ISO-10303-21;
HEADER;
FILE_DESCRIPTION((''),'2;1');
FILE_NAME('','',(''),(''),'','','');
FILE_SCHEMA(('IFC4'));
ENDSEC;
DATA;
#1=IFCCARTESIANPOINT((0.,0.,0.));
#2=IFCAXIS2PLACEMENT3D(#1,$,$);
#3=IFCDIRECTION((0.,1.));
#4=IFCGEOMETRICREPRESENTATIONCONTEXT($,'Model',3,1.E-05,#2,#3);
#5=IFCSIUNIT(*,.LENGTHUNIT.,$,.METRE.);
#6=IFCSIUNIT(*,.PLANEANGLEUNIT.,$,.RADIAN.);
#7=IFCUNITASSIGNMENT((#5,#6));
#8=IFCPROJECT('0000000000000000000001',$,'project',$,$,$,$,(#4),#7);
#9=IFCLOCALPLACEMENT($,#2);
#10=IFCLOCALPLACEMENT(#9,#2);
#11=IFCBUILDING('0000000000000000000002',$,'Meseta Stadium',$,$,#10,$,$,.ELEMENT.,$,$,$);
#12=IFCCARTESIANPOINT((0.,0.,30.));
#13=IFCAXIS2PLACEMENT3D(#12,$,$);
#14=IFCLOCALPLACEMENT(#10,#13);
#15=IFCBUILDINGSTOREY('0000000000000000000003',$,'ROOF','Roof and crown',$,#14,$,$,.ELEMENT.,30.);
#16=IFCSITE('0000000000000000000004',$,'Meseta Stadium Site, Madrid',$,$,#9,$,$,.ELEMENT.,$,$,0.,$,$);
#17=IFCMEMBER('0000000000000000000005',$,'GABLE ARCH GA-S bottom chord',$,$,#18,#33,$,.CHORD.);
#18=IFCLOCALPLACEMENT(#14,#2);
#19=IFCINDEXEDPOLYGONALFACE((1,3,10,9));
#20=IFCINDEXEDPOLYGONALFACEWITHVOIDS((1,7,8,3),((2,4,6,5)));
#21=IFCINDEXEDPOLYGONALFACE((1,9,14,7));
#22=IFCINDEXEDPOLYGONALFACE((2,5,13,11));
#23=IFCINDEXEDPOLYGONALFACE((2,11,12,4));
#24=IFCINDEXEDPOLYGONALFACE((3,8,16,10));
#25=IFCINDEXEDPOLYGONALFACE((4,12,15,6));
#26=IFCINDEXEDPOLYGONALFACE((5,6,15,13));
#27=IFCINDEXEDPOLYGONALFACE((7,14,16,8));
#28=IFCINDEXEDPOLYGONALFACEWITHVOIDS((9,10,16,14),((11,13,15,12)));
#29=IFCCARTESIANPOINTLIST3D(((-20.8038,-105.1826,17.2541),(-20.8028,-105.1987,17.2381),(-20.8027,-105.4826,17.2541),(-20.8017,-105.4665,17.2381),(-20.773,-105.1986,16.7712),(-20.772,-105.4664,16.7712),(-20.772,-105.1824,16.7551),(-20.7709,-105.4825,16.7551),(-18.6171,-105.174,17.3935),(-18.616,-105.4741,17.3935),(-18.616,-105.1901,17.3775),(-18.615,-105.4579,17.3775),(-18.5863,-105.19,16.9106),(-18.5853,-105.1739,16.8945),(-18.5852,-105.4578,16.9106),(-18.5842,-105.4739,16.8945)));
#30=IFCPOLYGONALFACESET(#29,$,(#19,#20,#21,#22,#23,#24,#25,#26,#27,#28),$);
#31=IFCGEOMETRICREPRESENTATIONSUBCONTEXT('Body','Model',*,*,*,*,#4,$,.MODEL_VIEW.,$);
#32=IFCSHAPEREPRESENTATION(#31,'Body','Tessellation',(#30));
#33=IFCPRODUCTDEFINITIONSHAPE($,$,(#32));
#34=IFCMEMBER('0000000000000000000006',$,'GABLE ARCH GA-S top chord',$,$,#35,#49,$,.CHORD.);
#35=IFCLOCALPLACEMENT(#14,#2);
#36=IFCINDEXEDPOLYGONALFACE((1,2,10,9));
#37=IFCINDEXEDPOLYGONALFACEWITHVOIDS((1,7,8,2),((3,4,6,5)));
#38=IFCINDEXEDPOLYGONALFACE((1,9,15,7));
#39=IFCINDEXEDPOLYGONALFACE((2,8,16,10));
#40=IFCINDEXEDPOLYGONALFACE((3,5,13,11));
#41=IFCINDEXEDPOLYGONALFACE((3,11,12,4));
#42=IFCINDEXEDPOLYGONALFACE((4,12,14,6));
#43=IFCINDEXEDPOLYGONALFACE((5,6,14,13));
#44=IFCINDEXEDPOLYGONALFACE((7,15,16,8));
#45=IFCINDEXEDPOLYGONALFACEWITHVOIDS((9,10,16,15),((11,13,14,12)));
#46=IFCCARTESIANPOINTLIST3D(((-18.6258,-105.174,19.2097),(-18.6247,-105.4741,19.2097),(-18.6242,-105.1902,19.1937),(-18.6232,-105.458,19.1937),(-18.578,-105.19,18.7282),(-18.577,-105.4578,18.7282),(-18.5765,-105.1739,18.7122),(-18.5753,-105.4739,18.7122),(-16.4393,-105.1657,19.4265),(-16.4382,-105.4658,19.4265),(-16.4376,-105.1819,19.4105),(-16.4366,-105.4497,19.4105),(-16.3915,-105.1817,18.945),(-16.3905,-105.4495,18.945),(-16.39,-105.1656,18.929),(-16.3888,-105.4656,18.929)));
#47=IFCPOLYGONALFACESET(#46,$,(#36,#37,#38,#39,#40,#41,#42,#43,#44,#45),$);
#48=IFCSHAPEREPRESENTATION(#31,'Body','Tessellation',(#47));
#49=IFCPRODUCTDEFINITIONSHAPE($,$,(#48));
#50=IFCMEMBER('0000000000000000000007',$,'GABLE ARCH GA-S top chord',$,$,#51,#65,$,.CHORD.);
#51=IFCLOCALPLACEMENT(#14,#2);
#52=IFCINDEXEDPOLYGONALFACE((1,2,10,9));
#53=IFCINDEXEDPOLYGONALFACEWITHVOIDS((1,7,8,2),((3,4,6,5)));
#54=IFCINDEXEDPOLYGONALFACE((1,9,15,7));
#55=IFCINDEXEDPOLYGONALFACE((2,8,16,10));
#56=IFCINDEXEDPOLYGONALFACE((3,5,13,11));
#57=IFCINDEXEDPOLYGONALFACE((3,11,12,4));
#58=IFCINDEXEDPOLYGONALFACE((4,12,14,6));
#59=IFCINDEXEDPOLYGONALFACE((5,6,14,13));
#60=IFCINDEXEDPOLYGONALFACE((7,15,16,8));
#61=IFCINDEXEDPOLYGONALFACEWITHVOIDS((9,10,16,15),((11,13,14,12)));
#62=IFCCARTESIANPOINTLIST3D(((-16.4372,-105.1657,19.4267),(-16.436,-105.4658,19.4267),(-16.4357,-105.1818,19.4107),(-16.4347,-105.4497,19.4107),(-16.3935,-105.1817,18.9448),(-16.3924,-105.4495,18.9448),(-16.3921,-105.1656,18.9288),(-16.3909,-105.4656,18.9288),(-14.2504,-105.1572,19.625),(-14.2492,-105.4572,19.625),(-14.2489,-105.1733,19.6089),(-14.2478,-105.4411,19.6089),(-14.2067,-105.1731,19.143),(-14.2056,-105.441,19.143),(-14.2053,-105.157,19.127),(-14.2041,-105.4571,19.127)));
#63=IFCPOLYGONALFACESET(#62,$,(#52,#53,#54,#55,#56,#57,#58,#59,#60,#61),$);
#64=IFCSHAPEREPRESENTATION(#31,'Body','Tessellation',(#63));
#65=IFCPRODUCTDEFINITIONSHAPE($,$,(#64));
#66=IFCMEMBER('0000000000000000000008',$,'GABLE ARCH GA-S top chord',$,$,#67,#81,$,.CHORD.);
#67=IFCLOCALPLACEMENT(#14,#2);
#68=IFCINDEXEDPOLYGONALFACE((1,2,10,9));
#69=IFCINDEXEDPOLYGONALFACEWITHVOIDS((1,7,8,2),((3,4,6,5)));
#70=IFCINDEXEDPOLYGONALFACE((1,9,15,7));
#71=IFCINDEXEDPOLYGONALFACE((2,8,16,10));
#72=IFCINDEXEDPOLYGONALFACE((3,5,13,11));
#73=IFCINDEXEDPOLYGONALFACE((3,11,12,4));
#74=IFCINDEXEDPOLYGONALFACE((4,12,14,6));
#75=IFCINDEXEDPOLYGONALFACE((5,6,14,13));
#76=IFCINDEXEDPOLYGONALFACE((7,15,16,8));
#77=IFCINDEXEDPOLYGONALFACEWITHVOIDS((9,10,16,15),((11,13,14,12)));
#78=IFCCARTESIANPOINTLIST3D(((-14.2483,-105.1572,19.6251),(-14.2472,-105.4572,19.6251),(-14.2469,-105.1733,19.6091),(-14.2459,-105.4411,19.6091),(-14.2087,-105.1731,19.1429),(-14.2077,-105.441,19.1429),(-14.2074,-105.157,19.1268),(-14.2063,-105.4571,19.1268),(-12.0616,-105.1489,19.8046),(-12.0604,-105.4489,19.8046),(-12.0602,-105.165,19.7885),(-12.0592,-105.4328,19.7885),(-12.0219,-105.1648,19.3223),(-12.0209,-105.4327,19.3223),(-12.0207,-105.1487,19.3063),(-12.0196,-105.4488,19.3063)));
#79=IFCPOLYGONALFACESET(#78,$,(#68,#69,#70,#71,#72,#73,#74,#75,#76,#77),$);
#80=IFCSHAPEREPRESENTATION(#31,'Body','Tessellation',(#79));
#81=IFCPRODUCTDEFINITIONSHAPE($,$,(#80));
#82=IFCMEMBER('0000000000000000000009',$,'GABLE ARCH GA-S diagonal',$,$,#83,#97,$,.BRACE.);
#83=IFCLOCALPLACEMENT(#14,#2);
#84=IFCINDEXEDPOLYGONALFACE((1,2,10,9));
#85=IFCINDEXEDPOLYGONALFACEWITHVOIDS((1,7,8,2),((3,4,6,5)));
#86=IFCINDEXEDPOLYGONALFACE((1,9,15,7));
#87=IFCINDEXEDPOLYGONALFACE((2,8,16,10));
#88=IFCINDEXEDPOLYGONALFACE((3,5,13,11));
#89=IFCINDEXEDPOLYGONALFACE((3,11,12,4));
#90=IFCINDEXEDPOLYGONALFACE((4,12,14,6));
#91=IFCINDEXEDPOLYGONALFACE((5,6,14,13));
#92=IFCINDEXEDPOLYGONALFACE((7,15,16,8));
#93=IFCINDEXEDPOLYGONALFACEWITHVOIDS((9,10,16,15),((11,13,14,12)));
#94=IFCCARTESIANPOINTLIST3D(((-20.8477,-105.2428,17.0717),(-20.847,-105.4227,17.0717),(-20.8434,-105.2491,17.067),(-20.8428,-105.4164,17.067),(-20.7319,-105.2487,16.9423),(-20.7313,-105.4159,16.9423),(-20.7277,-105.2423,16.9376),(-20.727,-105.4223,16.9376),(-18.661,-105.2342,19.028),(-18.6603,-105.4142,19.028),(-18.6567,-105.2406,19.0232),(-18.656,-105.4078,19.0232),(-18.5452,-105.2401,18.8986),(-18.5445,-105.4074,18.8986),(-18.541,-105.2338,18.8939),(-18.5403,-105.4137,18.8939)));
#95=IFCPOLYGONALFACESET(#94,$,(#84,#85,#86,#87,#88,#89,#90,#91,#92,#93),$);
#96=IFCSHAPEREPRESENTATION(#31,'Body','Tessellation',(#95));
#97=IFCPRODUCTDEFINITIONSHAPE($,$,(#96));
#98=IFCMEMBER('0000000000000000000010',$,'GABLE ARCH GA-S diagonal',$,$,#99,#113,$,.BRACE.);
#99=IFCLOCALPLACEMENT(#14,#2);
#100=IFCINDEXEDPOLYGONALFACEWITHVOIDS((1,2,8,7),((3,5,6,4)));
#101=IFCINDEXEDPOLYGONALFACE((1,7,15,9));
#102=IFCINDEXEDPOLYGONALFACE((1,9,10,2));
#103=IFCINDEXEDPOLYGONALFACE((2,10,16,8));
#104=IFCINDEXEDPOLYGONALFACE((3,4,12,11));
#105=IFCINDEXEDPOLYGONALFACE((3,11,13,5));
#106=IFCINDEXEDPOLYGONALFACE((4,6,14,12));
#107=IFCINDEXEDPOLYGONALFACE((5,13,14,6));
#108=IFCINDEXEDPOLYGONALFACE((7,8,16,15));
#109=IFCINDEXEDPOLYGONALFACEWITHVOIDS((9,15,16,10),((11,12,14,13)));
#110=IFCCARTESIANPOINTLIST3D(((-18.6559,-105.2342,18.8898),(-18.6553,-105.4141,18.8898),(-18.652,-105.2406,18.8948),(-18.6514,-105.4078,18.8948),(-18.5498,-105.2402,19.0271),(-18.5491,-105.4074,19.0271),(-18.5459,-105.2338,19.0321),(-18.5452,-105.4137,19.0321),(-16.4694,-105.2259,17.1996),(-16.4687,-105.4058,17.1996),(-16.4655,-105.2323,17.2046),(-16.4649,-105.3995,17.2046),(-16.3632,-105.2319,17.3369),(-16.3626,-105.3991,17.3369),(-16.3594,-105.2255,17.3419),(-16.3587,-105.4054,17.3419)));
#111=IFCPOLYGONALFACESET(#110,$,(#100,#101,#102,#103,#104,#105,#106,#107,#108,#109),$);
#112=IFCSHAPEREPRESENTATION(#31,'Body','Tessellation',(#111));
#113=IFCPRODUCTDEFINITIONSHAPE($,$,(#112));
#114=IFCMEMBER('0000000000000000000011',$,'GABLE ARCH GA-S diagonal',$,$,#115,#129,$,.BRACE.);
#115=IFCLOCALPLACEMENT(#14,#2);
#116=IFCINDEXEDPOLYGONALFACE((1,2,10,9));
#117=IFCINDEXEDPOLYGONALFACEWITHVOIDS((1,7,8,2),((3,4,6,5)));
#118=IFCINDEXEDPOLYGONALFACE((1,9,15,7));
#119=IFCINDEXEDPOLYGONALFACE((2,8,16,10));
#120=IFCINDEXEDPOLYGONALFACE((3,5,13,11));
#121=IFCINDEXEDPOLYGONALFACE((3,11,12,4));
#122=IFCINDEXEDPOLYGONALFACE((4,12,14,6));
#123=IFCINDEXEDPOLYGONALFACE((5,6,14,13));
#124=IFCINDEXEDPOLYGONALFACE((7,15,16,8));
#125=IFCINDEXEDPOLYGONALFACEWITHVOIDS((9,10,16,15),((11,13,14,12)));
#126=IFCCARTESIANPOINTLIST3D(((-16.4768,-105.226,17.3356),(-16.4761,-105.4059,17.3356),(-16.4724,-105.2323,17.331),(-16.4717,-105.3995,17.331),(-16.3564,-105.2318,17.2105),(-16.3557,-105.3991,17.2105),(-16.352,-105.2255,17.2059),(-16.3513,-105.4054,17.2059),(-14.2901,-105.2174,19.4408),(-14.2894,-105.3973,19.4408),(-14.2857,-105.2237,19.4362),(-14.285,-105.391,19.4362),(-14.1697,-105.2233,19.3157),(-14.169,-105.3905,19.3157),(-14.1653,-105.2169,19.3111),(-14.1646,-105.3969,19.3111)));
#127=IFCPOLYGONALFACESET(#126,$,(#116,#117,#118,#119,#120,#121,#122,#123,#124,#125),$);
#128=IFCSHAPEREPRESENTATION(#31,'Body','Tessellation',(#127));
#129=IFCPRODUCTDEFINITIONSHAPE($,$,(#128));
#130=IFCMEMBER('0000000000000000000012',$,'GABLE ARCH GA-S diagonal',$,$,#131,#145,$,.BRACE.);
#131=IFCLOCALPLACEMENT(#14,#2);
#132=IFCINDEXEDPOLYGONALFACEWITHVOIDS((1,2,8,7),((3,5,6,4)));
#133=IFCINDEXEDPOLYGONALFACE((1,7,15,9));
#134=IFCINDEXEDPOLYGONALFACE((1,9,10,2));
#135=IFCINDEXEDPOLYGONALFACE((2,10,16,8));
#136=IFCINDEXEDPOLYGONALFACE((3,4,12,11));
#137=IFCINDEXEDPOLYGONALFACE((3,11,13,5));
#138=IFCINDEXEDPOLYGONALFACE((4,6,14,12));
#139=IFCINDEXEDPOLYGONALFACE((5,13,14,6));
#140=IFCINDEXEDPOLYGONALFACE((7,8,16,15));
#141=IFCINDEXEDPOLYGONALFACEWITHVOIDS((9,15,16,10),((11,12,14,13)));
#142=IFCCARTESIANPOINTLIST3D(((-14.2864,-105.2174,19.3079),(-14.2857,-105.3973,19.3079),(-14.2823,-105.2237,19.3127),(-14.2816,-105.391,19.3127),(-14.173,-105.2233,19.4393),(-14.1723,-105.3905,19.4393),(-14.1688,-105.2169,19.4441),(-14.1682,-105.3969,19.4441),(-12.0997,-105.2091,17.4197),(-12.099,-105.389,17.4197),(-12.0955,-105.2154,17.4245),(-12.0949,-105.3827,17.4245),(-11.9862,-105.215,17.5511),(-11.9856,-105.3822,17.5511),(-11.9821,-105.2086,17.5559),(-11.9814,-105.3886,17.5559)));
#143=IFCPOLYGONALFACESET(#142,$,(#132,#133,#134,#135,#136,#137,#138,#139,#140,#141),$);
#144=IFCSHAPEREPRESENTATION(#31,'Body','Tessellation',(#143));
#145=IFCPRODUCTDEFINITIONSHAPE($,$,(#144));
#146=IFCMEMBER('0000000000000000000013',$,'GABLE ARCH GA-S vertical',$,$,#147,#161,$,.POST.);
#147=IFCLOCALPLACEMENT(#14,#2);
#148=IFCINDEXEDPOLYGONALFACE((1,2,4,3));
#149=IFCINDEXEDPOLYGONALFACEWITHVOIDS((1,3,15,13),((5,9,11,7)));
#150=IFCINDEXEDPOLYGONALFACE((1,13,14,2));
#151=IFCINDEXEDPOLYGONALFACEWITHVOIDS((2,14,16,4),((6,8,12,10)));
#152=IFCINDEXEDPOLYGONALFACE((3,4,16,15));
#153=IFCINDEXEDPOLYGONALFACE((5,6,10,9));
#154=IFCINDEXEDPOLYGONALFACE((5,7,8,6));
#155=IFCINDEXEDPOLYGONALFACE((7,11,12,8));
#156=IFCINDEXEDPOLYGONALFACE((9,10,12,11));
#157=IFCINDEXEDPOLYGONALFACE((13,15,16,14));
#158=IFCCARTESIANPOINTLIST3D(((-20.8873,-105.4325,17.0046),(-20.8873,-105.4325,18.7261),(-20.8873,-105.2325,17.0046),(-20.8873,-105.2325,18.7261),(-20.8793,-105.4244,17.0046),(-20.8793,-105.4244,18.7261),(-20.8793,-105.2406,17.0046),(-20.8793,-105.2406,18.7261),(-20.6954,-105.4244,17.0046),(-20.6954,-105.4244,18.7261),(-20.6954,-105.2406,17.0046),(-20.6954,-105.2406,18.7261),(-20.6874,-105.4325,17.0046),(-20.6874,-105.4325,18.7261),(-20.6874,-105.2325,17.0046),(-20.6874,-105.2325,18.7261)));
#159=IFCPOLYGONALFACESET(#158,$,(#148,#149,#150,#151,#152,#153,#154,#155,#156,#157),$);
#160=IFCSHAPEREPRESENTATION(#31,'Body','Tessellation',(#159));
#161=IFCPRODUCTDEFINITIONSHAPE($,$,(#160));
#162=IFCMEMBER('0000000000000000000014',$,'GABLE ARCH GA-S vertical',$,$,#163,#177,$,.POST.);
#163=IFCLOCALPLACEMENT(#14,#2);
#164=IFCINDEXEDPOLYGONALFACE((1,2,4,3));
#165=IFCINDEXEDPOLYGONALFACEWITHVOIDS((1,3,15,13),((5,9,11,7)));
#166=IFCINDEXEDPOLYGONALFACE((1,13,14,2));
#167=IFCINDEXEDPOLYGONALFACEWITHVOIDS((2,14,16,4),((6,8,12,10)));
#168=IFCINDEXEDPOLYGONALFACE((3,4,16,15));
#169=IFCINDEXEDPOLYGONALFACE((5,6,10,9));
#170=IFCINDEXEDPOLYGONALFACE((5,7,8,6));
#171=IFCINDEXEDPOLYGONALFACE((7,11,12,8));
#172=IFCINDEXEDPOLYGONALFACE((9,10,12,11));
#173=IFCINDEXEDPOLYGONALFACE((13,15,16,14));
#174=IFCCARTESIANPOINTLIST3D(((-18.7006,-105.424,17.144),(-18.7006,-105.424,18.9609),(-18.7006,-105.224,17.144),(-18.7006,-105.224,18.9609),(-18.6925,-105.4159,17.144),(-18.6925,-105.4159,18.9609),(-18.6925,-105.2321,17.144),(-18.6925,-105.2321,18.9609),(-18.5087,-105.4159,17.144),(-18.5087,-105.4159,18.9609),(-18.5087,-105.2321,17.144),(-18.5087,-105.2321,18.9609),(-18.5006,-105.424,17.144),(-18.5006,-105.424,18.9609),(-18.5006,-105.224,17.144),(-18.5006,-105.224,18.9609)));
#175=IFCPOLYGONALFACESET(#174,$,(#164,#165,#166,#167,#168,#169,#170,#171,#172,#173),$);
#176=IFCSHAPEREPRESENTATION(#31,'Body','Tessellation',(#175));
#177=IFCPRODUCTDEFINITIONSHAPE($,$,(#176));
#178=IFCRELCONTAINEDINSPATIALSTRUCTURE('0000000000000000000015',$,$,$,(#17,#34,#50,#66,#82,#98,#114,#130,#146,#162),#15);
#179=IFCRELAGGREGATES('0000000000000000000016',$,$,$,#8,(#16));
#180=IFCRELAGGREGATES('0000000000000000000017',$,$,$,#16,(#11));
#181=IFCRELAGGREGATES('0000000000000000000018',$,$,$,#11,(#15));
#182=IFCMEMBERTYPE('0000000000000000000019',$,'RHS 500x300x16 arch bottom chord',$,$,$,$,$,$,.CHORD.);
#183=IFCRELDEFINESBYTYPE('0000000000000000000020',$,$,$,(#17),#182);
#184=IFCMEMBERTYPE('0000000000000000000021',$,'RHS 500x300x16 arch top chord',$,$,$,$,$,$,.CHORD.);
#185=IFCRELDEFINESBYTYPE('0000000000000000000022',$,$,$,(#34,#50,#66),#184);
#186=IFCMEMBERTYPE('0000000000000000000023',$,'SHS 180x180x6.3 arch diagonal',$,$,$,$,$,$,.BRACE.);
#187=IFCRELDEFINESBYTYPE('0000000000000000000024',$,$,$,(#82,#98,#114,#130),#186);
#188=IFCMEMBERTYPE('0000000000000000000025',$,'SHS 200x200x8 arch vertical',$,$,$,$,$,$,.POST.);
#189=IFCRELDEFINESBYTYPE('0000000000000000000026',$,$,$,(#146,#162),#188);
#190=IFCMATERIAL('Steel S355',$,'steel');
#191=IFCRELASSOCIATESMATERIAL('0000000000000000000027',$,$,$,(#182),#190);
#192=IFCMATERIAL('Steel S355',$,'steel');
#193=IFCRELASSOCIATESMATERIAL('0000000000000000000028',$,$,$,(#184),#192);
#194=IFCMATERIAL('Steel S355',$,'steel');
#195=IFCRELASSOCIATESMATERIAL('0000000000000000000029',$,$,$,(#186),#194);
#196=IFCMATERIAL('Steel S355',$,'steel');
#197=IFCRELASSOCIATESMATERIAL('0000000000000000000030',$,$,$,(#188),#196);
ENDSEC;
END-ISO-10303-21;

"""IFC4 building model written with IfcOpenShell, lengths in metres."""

from ifc_helpers import new_model, si_unit, direction, frame, origin, origin_2d, place, context, subcontext, project, spatial, hollow_rectangle, extrude, material, material_profile, profile_set, type_object, element, save


model = new_model("IFC4")

# Units and contexts
model_context = context("Model", 3, precision=1e-05, world=origin(), true_north=direction((0.0, 1.0)))
body_context = subcontext(model_context, "Body", "Model", "MODEL_VIEW")
ifc_project = project(units=[si_unit("LENGTHUNIT", "METRE"), si_unit("PLANEANGLEUNIT", "RADIAN")], contexts=[model_context])

# Site, building, storey
site_placement = place(None, origin())
site = spatial("IfcSite", under=ifc_project, at=site_placement, Name="Meseta Stadium Site, Madrid", CompositionType="ELEMENT", RefElevation=0.0)
building_placement = place(site_placement, origin())
building = spatial("IfcBuilding", under=site, at=building_placement, Name="Meseta Stadium", CompositionType="ELEMENT")
storey_placement = place(building_placement, frame((0.0, 0.0, 30.0)))
storey = spatial("IfcBuildingStorey", under=building, at=storey_placement, Name="ROOF", Description="Roof and crown", CompositionType="ELEMENT", Elevation=30.0)

# Members
ifc_material_1 = material(Name="Steel S355", Category="steel")
ifc_material_profile_1 = material_profile(ifc_material_1, hollow_rectangle(XDim=0.3, YDim=0.5, WallThickness=0.0161, at=origin_2d()), Name="RHS 500x300x16")
ifc_profile_set_1 = profile_set([ifc_material_profile_1], Name="Steel S355")
member_type_1 = type_object("IfcMemberType", Name="RHS 500x300x16 arch bottom chord", PredefinedType="CHORD", material=ifc_profile_set_1)
member_1_placement = place(storey_placement, frame((-20.7874, -105.3325, 17.0046), z_axis=(0.997967, 0.0039, 0.063619), x_axis=(-0.003908, 0.999992, 0.0)))
element("IfcMember", 1, at=member_1_placement, inside=storey, type_object=member_type_1, Name="GABLE ARCH GA-S bottom chord", PredefinedType="CHORD", context=body_context, shape_type="SweptSolid", body=[
    extrude(hollow_rectangle(XDim=0.3, YDim=0.5, WallThickness=0.0161, at=origin_2d()), origin(), (0.0, 0.0, 1.0), 2.1912),
])
ifc_material_2 = material(Name="Steel S355", Category="steel")
ifc_material_profile_2 = material_profile(ifc_material_2, hollow_rectangle(XDim=0.3, YDim=0.5, WallThickness=0.0161, at=origin_2d()), Name="RHS 500x300x16")
ifc_profile_set_2 = profile_set([ifc_material_profile_2], Name="Steel S355")
member_type_2 = type_object("IfcMemberType", Name="RHS 500x300x16 arch top chord", PredefinedType="CHORD", material=ifc_profile_set_2)
member_2_placement = place(storey_placement, frame((-18.6006, -105.324, 18.9609), z_axis=(0.995113, 0.003778, 0.098667), x_axis=(-0.003796, 0.999993, 0.0)))
element("IfcMember", 2, at=member_2_placement, inside=storey, type_object=member_type_2, Name="GABLE ARCH GA-S top chord", PredefinedType="CHORD", context=body_context, shape_type="SweptSolid", body=[
    extrude(hollow_rectangle(XDim=0.3, YDim=0.5, WallThickness=0.0161, at=origin_2d()), origin(), (0.0, 0.0, 1.0), 2.1973),
])
member_3_placement = place(storey_placement, frame((-16.4141, -105.3157, 19.1777), z_axis=(0.995908, 0.003892, 0.090284), x_axis=(-0.003908, 0.999992, 0.0)))
element("IfcMember", 3, at=member_3_placement, inside=storey, type_object=member_type_2, Name="GABLE ARCH GA-S top chord", PredefinedType="CHORD", context=body_context, shape_type="SweptSolid", body=[
    extrude(hollow_rectangle(XDim=0.3, YDim=0.5, WallThickness=0.0161, at=origin_2d()), origin(), (0.0, 0.0, 1.0), 2.1958),
])
member_4_placement = place(storey_placement, frame((-14.2273, -105.3071, 19.376), z_axis=(0.996643, 0.003783, 0.081783), x_axis=(-0.003796, 0.999993, 0.0)))
element("IfcMember", 4, at=member_4_placement, inside=storey, type_object=member_type_2, Name="GABLE ARCH GA-S top chord", PredefinedType="CHORD", context=body_context, shape_type="SweptSolid", body=[
    extrude(hollow_rectangle(XDim=0.3, YDim=0.5, WallThickness=0.0161, at=origin_2d()), origin(), (0.0, 0.0, 1.0), 2.1941),
])
ifc_material_3 = material(Name="Steel S355", Category="steel")
ifc_material_profile_3 = material_profile(ifc_material_3, hollow_rectangle(XDim=0.1799, YDim=0.1799, WallThickness=0.0063, at=origin_2d()), Name="SHS 180x180x6.3")
ifc_profile_set_3 = profile_set([ifc_material_profile_3], Name="Steel S355")
member_type_3 = type_object("IfcMemberType", Name="SHS 180x180x6.3 arch diagonal", PredefinedType="BRACE", material=ifc_profile_set_3)
member_5_placement = place(storey_placement, frame((-20.7874, -105.3325, 17.0046), z_axis=(0.745286, 0.002912, 0.666739), x_axis=(-0.003908, 0.999992, 0.0)))
element("IfcMember", 5, at=member_5_placement, inside=storey, type_object=member_type_3, Name="GABLE ARCH GA-S diagonal", PredefinedType="BRACE", context=body_context, shape_type="SweptSolid", body=[
    extrude(hollow_rectangle(XDim=0.1799, YDim=0.1799, WallThickness=0.0063, at=origin_2d()), origin(), (0.0, 0.0, 1.0), 2.9341),
])
member_6_placement = place(storey_placement, frame((-18.6006, -105.324, 18.9609), z_axis=(0.791177, 0.003004, -0.611581), x_axis=(-0.003796, 0.999993, 0.0)))
element("IfcMember", 6, at=member_6_placement, inside=storey, type_object=member_type_3, Name="GABLE ARCH GA-S diagonal", PredefinedType="BRACE", context=body_context, shape_type="SweptSolid", body=[
    extrude(hollow_rectangle(XDim=0.1799, YDim=0.1799, WallThickness=0.0063, at=origin_2d()), origin(), (0.0, 0.0, 1.0), 2.7637),
])
member_7_placement = place(storey_placement, frame((-16.4141, -105.3157, 17.2708), z_axis=(0.720408, 0.002815, 0.693545), x_axis=(-0.003908, 0.999992, 0.0)))
element("IfcMember", 7, at=member_7_placement, inside=storey, type_object=member_type_3, Name="GABLE ARCH GA-S diagonal", PredefinedType="BRACE", context=body_context, shape_type="SweptSolid", body=[
    extrude(hollow_rectangle(XDim=0.1799, YDim=0.1799, WallThickness=0.0063, at=origin_2d()), origin(), (0.0, 0.0, 1.0), 3.0354),
])
member_8_placement = place(storey_placement, frame((-14.2273, -105.3071, 19.376), z_axis=(0.756886, 0.002873, -0.65354), x_axis=(-0.003796, 0.999993, 0.0)))
element("IfcMember", 8, at=member_8_placement, inside=storey, type_object=member_type_3, Name="GABLE ARCH GA-S diagonal", PredefinedType="BRACE", context=body_context, shape_type="SweptSolid", body=[
    extrude(hollow_rectangle(XDim=0.1799, YDim=0.1799, WallThickness=0.0063, at=origin_2d()), origin(), (0.0, 0.0, 1.0), 2.8892),
])
ifc_material_4 = material(Name="Steel S355", Category="steel")
ifc_material_profile_4 = material_profile(ifc_material_4, hollow_rectangle(XDim=0.2, YDim=0.2, WallThickness=0.0081, at=origin_2d()), Name="SHS 200x200x8")
ifc_profile_set_4 = profile_set([ifc_material_profile_4], Name="Steel S355")
member_type_4 = type_object("IfcMemberType", Name="SHS 200x200x8 arch vertical", PredefinedType="POST", material=ifc_profile_set_4)
member_9_placement = place(storey_placement, frame((-20.7874, -105.3325, 17.0046), z_axis=(0.0, 0.0, 1.0), x_axis=(1.0, 0.0, 0.0)))
element("IfcMember", 9, at=member_9_placement, inside=storey, type_object=member_type_4, Name="GABLE ARCH GA-S vertical", PredefinedType="POST", context=body_context, shape_type="SweptSolid", body=[
    extrude(hollow_rectangle(XDim=0.2, YDim=0.2, WallThickness=0.0081, at=origin_2d()), origin(), (0.0, 0.0, 1.0), 1.7214),
])
member_10_placement = place(storey_placement, frame((-18.6006, -105.324, 17.144), z_axis=(0.0, 0.0, 1.0), x_axis=(1.0, 0.0, 0.0)))
element("IfcMember", 10, at=member_10_placement, inside=storey, type_object=member_type_4, Name="GABLE ARCH GA-S vertical", PredefinedType="POST", context=body_context, shape_type="SweptSolid", body=[
    extrude(hollow_rectangle(XDim=0.2, YDim=0.2, WallThickness=0.0081, at=origin_2d()), origin(), (0.0, 0.0, 1.0), 1.8169),
])

save(model, "model.ifc")
